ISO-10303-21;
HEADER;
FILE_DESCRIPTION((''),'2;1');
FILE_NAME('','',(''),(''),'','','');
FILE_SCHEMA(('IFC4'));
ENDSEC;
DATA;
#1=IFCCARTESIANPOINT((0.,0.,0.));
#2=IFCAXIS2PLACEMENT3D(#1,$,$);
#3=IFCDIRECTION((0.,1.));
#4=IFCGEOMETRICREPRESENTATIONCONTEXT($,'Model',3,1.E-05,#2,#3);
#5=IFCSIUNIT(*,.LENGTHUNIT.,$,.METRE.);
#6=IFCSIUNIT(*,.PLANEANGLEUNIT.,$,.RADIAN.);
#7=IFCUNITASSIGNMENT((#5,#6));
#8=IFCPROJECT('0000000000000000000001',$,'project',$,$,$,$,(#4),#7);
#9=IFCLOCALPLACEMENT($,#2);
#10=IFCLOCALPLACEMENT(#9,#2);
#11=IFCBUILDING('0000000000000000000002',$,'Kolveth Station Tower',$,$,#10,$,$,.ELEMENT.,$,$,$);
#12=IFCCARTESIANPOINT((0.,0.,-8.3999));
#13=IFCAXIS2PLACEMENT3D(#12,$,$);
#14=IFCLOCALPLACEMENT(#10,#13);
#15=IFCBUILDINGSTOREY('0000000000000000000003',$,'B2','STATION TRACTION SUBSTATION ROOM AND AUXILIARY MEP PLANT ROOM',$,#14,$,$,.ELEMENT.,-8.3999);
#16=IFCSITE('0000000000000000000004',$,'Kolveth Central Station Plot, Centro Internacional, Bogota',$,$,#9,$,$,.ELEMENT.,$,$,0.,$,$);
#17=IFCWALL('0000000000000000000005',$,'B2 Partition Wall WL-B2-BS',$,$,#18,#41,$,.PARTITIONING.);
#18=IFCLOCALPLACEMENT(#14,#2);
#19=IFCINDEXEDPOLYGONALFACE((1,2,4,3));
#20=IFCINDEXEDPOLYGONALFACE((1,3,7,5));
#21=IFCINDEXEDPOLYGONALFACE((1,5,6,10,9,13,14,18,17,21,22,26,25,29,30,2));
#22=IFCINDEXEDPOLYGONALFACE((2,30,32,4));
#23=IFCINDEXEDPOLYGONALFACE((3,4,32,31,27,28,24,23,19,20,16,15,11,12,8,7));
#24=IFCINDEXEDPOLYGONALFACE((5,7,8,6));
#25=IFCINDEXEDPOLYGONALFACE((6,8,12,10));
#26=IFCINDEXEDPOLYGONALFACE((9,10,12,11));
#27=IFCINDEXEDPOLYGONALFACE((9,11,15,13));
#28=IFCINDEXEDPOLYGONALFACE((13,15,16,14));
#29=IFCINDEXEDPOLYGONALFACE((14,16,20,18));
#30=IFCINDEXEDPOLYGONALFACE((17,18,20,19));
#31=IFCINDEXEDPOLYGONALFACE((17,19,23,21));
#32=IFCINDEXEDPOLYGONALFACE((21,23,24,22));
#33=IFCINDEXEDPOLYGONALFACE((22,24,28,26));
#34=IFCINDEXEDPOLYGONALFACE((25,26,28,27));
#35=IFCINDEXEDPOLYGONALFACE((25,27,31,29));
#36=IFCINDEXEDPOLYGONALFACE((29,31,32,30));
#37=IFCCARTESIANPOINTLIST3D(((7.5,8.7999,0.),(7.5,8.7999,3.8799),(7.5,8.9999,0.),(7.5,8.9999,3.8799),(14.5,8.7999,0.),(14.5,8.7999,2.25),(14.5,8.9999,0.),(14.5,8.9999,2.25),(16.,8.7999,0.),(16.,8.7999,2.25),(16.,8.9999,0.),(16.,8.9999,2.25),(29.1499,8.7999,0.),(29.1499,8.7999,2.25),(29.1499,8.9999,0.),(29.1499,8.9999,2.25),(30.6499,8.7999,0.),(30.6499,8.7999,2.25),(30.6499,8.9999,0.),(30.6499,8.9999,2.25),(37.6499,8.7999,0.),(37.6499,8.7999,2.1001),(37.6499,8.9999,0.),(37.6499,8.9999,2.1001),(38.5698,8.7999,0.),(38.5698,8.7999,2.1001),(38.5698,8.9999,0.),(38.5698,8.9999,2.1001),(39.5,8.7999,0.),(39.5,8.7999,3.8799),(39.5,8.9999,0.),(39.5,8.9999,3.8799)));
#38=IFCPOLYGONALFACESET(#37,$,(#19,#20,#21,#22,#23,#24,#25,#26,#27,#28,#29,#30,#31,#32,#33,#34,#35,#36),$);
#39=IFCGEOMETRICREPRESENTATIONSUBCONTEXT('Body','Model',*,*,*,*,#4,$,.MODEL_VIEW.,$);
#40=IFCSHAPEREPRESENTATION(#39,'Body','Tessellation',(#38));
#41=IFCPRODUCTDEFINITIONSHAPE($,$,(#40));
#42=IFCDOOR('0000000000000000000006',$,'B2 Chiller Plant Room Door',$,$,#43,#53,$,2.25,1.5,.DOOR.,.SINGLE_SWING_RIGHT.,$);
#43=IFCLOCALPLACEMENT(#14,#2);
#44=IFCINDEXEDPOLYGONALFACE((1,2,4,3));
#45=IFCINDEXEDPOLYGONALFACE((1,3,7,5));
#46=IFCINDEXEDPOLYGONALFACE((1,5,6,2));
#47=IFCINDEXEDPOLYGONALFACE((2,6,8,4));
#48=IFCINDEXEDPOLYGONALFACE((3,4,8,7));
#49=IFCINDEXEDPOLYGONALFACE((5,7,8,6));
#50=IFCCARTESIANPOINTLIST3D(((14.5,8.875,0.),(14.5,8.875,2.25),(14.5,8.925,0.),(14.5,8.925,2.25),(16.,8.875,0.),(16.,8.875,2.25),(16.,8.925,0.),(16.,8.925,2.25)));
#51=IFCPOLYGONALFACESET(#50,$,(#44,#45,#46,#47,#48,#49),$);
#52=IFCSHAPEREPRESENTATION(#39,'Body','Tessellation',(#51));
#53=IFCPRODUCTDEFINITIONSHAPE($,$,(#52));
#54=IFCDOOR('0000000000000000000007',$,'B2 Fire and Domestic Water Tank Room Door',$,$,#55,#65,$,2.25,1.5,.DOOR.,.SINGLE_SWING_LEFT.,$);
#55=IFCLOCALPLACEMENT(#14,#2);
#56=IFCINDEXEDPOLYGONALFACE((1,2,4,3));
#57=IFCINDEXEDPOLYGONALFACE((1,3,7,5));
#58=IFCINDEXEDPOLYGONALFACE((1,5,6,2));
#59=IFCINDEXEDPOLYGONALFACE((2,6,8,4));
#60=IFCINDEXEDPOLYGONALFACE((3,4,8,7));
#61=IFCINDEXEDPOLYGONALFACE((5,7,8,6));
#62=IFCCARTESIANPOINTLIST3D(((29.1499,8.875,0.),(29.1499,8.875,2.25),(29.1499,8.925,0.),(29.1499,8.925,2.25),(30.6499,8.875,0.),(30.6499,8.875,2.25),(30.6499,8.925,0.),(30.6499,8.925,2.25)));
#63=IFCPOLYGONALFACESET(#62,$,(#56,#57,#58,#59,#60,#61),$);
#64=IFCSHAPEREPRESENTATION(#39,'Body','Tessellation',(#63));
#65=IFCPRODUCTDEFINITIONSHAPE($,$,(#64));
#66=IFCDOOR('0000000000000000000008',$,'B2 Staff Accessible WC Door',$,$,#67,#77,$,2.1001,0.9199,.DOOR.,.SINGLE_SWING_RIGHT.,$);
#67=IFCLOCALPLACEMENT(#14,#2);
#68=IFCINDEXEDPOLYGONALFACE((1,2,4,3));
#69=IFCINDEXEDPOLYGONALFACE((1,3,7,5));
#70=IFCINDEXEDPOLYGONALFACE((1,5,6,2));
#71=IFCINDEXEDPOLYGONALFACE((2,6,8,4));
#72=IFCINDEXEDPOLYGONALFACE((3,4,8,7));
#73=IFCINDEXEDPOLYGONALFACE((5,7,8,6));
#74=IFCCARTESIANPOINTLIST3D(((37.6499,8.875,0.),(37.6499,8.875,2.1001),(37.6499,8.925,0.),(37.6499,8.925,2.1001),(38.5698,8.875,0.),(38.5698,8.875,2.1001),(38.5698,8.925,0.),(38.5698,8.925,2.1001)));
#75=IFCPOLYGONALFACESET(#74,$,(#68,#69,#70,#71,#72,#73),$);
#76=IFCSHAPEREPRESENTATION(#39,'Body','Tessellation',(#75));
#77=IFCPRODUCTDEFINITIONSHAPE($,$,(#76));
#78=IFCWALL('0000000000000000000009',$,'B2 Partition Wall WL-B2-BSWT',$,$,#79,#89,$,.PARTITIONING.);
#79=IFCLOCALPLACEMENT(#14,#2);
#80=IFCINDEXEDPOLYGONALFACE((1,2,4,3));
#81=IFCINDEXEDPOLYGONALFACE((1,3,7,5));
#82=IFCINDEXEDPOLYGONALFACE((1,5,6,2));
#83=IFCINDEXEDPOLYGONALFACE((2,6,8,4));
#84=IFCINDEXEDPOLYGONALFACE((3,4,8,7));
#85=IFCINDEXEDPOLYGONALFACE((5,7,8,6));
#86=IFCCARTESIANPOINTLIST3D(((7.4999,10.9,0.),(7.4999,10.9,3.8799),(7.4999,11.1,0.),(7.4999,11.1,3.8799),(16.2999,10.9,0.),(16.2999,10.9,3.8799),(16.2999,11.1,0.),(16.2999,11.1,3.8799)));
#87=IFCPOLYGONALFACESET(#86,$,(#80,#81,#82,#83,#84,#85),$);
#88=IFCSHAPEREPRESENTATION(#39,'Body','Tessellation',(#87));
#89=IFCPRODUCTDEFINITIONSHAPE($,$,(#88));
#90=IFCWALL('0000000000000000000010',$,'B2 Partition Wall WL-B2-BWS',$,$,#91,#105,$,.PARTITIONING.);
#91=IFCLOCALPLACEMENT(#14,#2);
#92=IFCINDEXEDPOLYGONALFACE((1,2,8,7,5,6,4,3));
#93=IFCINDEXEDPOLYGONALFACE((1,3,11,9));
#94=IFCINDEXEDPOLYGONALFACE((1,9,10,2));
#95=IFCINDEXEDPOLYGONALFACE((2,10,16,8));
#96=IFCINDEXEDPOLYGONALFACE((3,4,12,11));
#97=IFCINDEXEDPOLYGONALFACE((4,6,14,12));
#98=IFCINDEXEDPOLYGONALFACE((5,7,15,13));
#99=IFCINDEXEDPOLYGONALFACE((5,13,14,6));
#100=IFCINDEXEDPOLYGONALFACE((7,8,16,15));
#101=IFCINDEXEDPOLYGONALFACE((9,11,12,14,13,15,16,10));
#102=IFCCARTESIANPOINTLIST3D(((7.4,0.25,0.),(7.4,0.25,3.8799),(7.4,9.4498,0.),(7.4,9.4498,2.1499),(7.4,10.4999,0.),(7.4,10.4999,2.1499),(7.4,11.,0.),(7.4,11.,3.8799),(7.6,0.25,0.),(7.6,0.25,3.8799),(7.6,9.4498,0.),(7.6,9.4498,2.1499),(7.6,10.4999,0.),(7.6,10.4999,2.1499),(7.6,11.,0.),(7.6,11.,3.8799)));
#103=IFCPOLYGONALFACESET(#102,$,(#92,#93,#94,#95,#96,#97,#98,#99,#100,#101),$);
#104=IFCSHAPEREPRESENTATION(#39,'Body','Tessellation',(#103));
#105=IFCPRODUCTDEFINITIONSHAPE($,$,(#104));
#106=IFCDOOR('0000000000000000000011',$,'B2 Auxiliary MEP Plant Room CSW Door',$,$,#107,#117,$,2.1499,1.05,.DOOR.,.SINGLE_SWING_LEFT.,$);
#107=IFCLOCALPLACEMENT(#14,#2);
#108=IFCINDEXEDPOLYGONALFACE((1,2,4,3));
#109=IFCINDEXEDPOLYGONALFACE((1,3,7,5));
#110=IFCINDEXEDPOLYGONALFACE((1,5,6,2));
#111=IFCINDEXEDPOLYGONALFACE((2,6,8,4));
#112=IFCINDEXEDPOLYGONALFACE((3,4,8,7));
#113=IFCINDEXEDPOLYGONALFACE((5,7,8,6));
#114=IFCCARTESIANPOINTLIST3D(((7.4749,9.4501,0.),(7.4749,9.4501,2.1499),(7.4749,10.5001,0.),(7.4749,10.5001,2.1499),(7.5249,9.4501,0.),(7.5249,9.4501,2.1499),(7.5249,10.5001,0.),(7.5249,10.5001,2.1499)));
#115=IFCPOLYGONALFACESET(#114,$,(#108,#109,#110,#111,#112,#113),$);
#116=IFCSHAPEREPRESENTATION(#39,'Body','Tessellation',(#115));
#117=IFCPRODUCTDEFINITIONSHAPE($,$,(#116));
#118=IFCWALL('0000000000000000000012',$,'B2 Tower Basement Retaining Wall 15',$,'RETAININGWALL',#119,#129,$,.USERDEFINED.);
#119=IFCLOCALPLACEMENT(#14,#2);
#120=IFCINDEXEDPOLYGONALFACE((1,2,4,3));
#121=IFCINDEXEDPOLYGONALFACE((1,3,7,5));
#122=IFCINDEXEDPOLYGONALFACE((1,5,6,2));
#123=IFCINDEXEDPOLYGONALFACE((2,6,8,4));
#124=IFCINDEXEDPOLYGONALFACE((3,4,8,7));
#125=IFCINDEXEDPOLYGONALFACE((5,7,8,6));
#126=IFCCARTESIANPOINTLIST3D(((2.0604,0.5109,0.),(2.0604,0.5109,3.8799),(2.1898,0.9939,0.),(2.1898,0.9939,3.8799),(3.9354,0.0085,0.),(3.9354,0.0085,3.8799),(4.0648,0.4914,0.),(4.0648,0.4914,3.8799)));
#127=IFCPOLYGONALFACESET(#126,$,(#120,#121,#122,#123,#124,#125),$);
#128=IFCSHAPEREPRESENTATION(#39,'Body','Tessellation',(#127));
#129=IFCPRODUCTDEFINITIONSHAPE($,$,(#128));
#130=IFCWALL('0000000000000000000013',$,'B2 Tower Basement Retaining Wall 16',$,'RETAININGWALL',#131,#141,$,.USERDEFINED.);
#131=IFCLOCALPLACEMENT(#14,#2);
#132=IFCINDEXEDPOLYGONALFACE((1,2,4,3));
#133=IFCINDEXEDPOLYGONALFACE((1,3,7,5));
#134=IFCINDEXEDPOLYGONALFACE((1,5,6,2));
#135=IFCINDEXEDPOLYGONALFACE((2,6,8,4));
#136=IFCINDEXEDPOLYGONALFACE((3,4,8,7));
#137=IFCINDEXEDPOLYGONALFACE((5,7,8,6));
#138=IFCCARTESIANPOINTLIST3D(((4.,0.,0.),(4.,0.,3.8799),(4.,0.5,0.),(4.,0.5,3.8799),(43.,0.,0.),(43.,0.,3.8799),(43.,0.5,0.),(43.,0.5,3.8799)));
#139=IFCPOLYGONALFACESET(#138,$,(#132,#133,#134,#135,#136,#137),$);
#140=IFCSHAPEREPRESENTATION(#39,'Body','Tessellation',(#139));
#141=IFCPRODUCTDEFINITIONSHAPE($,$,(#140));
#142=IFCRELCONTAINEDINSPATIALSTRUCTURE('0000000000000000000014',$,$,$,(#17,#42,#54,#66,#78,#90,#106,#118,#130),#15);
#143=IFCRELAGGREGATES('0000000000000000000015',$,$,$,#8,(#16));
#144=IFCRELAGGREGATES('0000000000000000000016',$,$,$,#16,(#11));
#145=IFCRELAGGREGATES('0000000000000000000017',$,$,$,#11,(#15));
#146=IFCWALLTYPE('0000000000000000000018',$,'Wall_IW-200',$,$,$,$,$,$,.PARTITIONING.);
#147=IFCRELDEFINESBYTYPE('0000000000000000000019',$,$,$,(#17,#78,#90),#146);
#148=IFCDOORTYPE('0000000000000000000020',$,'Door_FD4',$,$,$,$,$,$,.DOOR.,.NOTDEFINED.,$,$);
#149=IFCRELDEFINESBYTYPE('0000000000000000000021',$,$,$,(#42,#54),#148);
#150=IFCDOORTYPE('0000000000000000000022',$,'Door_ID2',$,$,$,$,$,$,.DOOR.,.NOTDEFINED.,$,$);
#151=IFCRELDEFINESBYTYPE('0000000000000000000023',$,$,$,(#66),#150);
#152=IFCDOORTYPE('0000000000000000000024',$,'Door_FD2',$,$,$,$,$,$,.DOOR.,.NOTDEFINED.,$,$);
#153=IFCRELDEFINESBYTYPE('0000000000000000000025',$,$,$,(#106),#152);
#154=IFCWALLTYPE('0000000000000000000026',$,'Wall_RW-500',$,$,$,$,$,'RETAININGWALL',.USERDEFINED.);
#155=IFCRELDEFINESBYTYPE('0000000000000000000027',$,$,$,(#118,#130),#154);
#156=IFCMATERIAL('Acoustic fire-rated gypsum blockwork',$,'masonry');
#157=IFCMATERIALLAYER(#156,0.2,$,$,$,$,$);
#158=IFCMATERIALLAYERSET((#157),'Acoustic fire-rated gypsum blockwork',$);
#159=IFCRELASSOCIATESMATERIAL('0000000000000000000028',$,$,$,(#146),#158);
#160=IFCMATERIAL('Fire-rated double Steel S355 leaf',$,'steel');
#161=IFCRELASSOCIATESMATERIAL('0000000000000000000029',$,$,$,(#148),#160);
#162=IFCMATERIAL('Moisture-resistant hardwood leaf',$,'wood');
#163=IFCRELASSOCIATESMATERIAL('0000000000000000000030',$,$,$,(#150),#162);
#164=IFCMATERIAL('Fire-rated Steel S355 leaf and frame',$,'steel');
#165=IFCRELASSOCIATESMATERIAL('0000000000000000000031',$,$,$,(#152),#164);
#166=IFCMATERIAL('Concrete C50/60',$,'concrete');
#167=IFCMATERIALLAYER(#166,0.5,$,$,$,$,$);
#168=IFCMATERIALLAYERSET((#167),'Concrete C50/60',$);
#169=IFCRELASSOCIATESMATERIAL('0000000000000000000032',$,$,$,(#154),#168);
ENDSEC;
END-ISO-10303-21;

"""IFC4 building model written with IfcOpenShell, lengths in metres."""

from ifc_helpers import new_model, si_unit, direction, frame, frame_2d, origin, place, context, subcontext, project, spatial, rectangle, extrude, material, layer, layer_set, type_object, element, fill, save


model = new_model("IFC4")

# Units and contexts
model_context = context("Model", 3, precision=1e-05, world=origin(), true_north=direction((0.0, 1.0)))
body_context = subcontext(model_context, "Body", "Model", "MODEL_VIEW")
ifc_project = project(units=[si_unit("LENGTHUNIT", "METRE"), si_unit("PLANEANGLEUNIT", "RADIAN")], contexts=[model_context])

# Site, building, storey
site_placement = place(None, origin())
site = spatial("IfcSite", under=ifc_project, at=site_placement, Name="Kolveth Central Station Plot, Centro Internacional, Bogota", CompositionType="ELEMENT", RefElevation=0.0)
building_placement = place(site_placement, origin())
building = spatial("IfcBuilding", under=site, at=building_placement, Name="Kolveth Station Tower", CompositionType="ELEMENT")
storey_placement = place(building_placement, frame((0.0, 0.0, -8.3999)))
storey = spatial("IfcBuildingStorey", under=building, at=storey_placement, Name="B2", Description="STATION TRACTION SUBSTATION ROOM AND AUXILIARY MEP PLANT ROOM", CompositionType="ELEMENT", Elevation=-8.3999)

# Shared definitions
ifc_material_1 = material(Name="Concrete C50/60", Category="concrete")

# Wall, openings, doors
ifc_material_2 = material(Name="Acoustic fire-rated gypsum blockwork", Category="masonry")
ifc_layer_1 = layer(ifc_material_2, 0.2)
ifc_layer_set_1 = layer_set([ifc_layer_1], Name="Acoustic fire-rated gypsum blockwork")
wall_type_1 = type_object("IfcWallType", Name="Wall_IW-200", PredefinedType="PARTITIONING", material=ifc_layer_set_1)
wall_1_placement = place(storey_placement, frame((7.5, 8.8999, 0.0), z_axis=(0.0, 0.0, 1.0), x_axis=(1.0, 0.0, 0.0)))
wall_1 = element("IfcWall", 1, at=wall_1_placement, inside=storey, type_object=wall_type_1, Name="B2 Partition Wall WL-B2-BS", PredefinedType="PARTITIONING", context=body_context, shape_type="SweptSolid", body=[
    extrude(rectangle(XDim=32.0, YDim=0.2, at=frame_2d((16.0, 0.0))), origin(), (0.0, 0.0, 1.0), 3.8799),
])
opening_1_placement = place(wall_1_placement, frame((7.0, 0.0, 0.0)))
opening_1 = element("IfcOpeningElement", 2, at=opening_1_placement, cuts=wall_1, PredefinedType="OPENING", context=body_context, shape_type="SweptSolid", body=[
    extrude(rectangle(XDim=1.5, YDim=2.25, at=frame_2d((0.75, 1.125))), frame((0.0, 0.1099, 0.0), z_axis=(0.0, -1.0, 0.0), x_axis=(1.0, 0.0, 0.0)), (0.0, 0.0, 1.0), 0.22),
])
opening_2_placement = place(wall_1_placement, frame((21.6499, 0.0, 0.0)))
opening_2 = element("IfcOpeningElement", 3, at=opening_2_placement, cuts=wall_1, PredefinedType="OPENING", context=body_context, shape_type="SweptSolid", body=[
    extrude(rectangle(XDim=1.5, YDim=2.25, at=frame_2d((0.75, 1.125))), frame((0.0, 0.1099, 0.0), z_axis=(0.0, -1.0, 0.0), x_axis=(1.0, 0.0, 0.0)), (0.0, 0.0, 1.0), 0.22),
])
opening_3_placement = place(wall_1_placement, frame((30.1499, 0.0, 0.0)))
opening_3 = element("IfcOpeningElement", 4, at=opening_3_placement, cuts=wall_1, PredefinedType="OPENING", context=body_context, shape_type="SweptSolid", body=[
    extrude(rectangle(XDim=0.9199, YDim=2.1001, at=frame_2d((0.46, 1.05))), frame((0.0, 0.1099, 0.0), z_axis=(0.0, -1.0, 0.0), x_axis=(1.0, 0.0, 0.0)), (0.0, 0.0, 1.0), 0.22),
])
ifc_material_3 = material(Name="Fire-rated double Steel S355 leaf", Category="steel")
door_type_1 = type_object("IfcDoorType", Name="Door_FD4", OperationType="NOTDEFINED", PredefinedType="DOOR", material=ifc_material_3)
door_1_placement = place(opening_1_placement, frame((1.5, 0.0, 0.0), z_axis=(0.0, 0.0, 1.0), x_axis=(-1.0, 0.0, 0.0)))
door_1 = element("IfcDoor", 5, at=door_1_placement, inside=storey, type_object=door_type_1, Name="B2 Chiller Plant Room Door", OperationType="SINGLE_SWING_RIGHT", OverallHeight=2.25, OverallWidth=1.5, PredefinedType="DOOR", context=body_context, shape_type="SweptSolid", body=[
    extrude(rectangle(XDim=1.5, YDim=2.25, at=frame_2d((0.75, 1.125))), frame((0.0, 0.0249, 0.0), z_axis=(0.0, -1.0, 0.0), x_axis=(1.0, 0.0, 0.0)), (0.0, 0.0, 1.0), 0.05),
])
fill(opening_1, door_1)
door_2_placement = place(opening_2_placement, frame((1.5, 0.0, 0.0), z_axis=(0.0, 0.0, 1.0), x_axis=(-1.0, 0.0, 0.0)))
door_2 = element("IfcDoor", 6, at=door_2_placement, inside=storey, type_object=door_type_1, Name="B2 Fire and Domestic Water Tank Room Door", OperationType="SINGLE_SWING_LEFT", OverallHeight=2.25, OverallWidth=1.5, PredefinedType="DOOR", context=body_context, shape_type="SweptSolid", body=[
    extrude(rectangle(XDim=1.5, YDim=2.25, at=frame_2d((0.75, 1.125))), frame((0.0, 0.0249, 0.0), z_axis=(0.0, -1.0, 0.0), x_axis=(1.0, 0.0, 0.0)), (0.0, 0.0, 1.0), 0.05),
])
fill(opening_2, door_2)
ifc_material_4 = material(Name="Moisture-resistant hardwood leaf", Category="wood")
door_type_2 = type_object("IfcDoorType", Name="Door_ID2", OperationType="NOTDEFINED", PredefinedType="DOOR", material=ifc_material_4)
door_3_placement = place(opening_3_placement, frame((0.9199, 0.0, 0.0), z_axis=(0.0, 0.0, 1.0), x_axis=(-1.0, 0.0, 0.0)))
door_3 = element("IfcDoor", 7, at=door_3_placement, inside=storey, type_object=door_type_2, Name="B2 Staff Accessible WC Door", OperationType="SINGLE_SWING_RIGHT", OverallHeight=2.1001, OverallWidth=0.9199, PredefinedType="DOOR", context=body_context, shape_type="SweptSolid", body=[
    extrude(rectangle(XDim=0.9199, YDim=2.1001, at=frame_2d((0.46, 1.05))), frame((0.0, 0.0249, 0.0), z_axis=(0.0, -1.0, 0.0), x_axis=(1.0, 0.0, 0.0)), (0.0, 0.0, 1.0), 0.05),
])
fill(opening_3, door_3)

# Wall
wall_2_placement = place(storey_placement, frame((7.5, 11.0, 0.0), z_axis=(0.0, 0.0, 1.0), x_axis=(1.0, 0.0, 0.0)))
element("IfcWall", 8, at=wall_2_placement, inside=storey, type_object=wall_type_1, Name="B2 Partition Wall WL-B2-BSWT", PredefinedType="PARTITIONING", context=body_context, shape_type="SweptSolid", body=[
    extrude(rectangle(XDim=8.8, YDim=0.2, at=frame_2d((4.3999, 0.0))), origin(), (0.0, 0.0, 1.0), 3.8799),
])

# Wall, opening, door
wall_3_placement = place(storey_placement, frame((7.5, 0.25, 0.0), z_axis=(0.0, 0.0, 1.0), x_axis=(0.0, 1.0, 0.0)))
wall_3 = element("IfcWall", 9, at=wall_3_placement, inside=storey, type_object=wall_type_1, Name="B2 Partition Wall WL-B2-BWS", PredefinedType="PARTITIONING", context=body_context, shape_type="SweptSolid", body=[
    extrude(rectangle(XDim=10.75, YDim=0.2, at=frame_2d((5.375, 0.0))), origin(), (0.0, 0.0, 1.0), 3.8799),
])
opening_4_placement = place(wall_3_placement, frame((9.2, 0.0, 0.0)))
opening_4 = element("IfcOpeningElement", 10, at=opening_4_placement, cuts=wall_3, PredefinedType="OPENING", context=body_context, shape_type="SweptSolid", body=[
    extrude(rectangle(XDim=1.05, YDim=2.1499, at=frame_2d((0.5249, 1.075))), frame((0.0, 0.1099, 0.0), z_axis=(0.0, -1.0, 0.0), x_axis=(1.0, 0.0, 0.0)), (0.0, 0.0, 1.0), 0.22),
])
ifc_material_5 = material(Name="Fire-rated Steel S355 leaf and frame", Category="steel")
door_type_3 = type_object("IfcDoorType", Name="Door_FD2", OperationType="NOTDEFINED", PredefinedType="DOOR", material=ifc_material_5)
door_4_placement = place(opening_4_placement, frame((1.05, 0.0, 0.0), z_axis=(0.0, 0.0, 1.0), x_axis=(-1.0, 0.0, 0.0)))
door_4 = element("IfcDoor", 11, at=door_4_placement, inside=storey, type_object=door_type_3, Name="B2 Auxiliary MEP Plant Room CSW Door", OperationType="SINGLE_SWING_LEFT", OverallHeight=2.1499, OverallWidth=1.05, PredefinedType="DOOR", context=body_context, shape_type="SweptSolid", body=[
    extrude(rectangle(XDim=1.05, YDim=2.1499, at=frame_2d((0.5249, 1.075))), frame((0.0, 0.0249, 0.0), z_axis=(0.0, -1.0, 0.0), x_axis=(1.0, 0.0, 0.0)), (0.0, 0.0, 1.0), 0.05),
])
fill(opening_4, door_4)

# Walls
ifc_layer_2 = layer(ifc_material_1, 0.5)
ifc_layer_set_2 = layer_set([ifc_layer_2], Name="Concrete C50/60")
wall_type_2 = type_object("IfcWallType", Name="Wall_RW-500", ElementType="RETAININGWALL", PredefinedType="USERDEFINED", material=ifc_layer_set_2)
wall_4_placement = place(storey_placement, frame((2.125, 0.7524, 0.0), z_axis=(0.0, 0.0, 1.0), x_axis=(0.965921, -0.258837, 0.0)))
element("IfcWall", 12, at=wall_4_placement, inside=storey, type_object=wall_type_2, Name="B2 Tower Basement Retaining Wall 15", ObjectType="RETAININGWALL", PredefinedType="USERDEFINED", context=body_context, shape_type="SweptSolid", body=[
    extrude(rectangle(XDim=1.9412, YDim=0.5, at=frame_2d((0.9707, 0.0))), origin(), (0.0, 0.0, 1.0), 3.8799),
])
wall_5_placement = place(storey_placement, frame((4.0, 0.25, 0.0), z_axis=(0.0, 0.0, 1.0), x_axis=(1.0, 0.0, 0.0)))
element("IfcWall", 13, at=wall_5_placement, inside=storey, type_object=wall_type_2, Name="B2 Tower Basement Retaining Wall 16", ObjectType="RETAININGWALL", PredefinedType="USERDEFINED", context=body_context, shape_type="SweptSolid", body=[
    extrude(rectangle(XDim=39.0, YDim=0.5, at=frame_2d((19.5, 0.0))), origin(), (0.0, 0.0, 1.0), 3.8799),
])

save(model, "model.ifc")
